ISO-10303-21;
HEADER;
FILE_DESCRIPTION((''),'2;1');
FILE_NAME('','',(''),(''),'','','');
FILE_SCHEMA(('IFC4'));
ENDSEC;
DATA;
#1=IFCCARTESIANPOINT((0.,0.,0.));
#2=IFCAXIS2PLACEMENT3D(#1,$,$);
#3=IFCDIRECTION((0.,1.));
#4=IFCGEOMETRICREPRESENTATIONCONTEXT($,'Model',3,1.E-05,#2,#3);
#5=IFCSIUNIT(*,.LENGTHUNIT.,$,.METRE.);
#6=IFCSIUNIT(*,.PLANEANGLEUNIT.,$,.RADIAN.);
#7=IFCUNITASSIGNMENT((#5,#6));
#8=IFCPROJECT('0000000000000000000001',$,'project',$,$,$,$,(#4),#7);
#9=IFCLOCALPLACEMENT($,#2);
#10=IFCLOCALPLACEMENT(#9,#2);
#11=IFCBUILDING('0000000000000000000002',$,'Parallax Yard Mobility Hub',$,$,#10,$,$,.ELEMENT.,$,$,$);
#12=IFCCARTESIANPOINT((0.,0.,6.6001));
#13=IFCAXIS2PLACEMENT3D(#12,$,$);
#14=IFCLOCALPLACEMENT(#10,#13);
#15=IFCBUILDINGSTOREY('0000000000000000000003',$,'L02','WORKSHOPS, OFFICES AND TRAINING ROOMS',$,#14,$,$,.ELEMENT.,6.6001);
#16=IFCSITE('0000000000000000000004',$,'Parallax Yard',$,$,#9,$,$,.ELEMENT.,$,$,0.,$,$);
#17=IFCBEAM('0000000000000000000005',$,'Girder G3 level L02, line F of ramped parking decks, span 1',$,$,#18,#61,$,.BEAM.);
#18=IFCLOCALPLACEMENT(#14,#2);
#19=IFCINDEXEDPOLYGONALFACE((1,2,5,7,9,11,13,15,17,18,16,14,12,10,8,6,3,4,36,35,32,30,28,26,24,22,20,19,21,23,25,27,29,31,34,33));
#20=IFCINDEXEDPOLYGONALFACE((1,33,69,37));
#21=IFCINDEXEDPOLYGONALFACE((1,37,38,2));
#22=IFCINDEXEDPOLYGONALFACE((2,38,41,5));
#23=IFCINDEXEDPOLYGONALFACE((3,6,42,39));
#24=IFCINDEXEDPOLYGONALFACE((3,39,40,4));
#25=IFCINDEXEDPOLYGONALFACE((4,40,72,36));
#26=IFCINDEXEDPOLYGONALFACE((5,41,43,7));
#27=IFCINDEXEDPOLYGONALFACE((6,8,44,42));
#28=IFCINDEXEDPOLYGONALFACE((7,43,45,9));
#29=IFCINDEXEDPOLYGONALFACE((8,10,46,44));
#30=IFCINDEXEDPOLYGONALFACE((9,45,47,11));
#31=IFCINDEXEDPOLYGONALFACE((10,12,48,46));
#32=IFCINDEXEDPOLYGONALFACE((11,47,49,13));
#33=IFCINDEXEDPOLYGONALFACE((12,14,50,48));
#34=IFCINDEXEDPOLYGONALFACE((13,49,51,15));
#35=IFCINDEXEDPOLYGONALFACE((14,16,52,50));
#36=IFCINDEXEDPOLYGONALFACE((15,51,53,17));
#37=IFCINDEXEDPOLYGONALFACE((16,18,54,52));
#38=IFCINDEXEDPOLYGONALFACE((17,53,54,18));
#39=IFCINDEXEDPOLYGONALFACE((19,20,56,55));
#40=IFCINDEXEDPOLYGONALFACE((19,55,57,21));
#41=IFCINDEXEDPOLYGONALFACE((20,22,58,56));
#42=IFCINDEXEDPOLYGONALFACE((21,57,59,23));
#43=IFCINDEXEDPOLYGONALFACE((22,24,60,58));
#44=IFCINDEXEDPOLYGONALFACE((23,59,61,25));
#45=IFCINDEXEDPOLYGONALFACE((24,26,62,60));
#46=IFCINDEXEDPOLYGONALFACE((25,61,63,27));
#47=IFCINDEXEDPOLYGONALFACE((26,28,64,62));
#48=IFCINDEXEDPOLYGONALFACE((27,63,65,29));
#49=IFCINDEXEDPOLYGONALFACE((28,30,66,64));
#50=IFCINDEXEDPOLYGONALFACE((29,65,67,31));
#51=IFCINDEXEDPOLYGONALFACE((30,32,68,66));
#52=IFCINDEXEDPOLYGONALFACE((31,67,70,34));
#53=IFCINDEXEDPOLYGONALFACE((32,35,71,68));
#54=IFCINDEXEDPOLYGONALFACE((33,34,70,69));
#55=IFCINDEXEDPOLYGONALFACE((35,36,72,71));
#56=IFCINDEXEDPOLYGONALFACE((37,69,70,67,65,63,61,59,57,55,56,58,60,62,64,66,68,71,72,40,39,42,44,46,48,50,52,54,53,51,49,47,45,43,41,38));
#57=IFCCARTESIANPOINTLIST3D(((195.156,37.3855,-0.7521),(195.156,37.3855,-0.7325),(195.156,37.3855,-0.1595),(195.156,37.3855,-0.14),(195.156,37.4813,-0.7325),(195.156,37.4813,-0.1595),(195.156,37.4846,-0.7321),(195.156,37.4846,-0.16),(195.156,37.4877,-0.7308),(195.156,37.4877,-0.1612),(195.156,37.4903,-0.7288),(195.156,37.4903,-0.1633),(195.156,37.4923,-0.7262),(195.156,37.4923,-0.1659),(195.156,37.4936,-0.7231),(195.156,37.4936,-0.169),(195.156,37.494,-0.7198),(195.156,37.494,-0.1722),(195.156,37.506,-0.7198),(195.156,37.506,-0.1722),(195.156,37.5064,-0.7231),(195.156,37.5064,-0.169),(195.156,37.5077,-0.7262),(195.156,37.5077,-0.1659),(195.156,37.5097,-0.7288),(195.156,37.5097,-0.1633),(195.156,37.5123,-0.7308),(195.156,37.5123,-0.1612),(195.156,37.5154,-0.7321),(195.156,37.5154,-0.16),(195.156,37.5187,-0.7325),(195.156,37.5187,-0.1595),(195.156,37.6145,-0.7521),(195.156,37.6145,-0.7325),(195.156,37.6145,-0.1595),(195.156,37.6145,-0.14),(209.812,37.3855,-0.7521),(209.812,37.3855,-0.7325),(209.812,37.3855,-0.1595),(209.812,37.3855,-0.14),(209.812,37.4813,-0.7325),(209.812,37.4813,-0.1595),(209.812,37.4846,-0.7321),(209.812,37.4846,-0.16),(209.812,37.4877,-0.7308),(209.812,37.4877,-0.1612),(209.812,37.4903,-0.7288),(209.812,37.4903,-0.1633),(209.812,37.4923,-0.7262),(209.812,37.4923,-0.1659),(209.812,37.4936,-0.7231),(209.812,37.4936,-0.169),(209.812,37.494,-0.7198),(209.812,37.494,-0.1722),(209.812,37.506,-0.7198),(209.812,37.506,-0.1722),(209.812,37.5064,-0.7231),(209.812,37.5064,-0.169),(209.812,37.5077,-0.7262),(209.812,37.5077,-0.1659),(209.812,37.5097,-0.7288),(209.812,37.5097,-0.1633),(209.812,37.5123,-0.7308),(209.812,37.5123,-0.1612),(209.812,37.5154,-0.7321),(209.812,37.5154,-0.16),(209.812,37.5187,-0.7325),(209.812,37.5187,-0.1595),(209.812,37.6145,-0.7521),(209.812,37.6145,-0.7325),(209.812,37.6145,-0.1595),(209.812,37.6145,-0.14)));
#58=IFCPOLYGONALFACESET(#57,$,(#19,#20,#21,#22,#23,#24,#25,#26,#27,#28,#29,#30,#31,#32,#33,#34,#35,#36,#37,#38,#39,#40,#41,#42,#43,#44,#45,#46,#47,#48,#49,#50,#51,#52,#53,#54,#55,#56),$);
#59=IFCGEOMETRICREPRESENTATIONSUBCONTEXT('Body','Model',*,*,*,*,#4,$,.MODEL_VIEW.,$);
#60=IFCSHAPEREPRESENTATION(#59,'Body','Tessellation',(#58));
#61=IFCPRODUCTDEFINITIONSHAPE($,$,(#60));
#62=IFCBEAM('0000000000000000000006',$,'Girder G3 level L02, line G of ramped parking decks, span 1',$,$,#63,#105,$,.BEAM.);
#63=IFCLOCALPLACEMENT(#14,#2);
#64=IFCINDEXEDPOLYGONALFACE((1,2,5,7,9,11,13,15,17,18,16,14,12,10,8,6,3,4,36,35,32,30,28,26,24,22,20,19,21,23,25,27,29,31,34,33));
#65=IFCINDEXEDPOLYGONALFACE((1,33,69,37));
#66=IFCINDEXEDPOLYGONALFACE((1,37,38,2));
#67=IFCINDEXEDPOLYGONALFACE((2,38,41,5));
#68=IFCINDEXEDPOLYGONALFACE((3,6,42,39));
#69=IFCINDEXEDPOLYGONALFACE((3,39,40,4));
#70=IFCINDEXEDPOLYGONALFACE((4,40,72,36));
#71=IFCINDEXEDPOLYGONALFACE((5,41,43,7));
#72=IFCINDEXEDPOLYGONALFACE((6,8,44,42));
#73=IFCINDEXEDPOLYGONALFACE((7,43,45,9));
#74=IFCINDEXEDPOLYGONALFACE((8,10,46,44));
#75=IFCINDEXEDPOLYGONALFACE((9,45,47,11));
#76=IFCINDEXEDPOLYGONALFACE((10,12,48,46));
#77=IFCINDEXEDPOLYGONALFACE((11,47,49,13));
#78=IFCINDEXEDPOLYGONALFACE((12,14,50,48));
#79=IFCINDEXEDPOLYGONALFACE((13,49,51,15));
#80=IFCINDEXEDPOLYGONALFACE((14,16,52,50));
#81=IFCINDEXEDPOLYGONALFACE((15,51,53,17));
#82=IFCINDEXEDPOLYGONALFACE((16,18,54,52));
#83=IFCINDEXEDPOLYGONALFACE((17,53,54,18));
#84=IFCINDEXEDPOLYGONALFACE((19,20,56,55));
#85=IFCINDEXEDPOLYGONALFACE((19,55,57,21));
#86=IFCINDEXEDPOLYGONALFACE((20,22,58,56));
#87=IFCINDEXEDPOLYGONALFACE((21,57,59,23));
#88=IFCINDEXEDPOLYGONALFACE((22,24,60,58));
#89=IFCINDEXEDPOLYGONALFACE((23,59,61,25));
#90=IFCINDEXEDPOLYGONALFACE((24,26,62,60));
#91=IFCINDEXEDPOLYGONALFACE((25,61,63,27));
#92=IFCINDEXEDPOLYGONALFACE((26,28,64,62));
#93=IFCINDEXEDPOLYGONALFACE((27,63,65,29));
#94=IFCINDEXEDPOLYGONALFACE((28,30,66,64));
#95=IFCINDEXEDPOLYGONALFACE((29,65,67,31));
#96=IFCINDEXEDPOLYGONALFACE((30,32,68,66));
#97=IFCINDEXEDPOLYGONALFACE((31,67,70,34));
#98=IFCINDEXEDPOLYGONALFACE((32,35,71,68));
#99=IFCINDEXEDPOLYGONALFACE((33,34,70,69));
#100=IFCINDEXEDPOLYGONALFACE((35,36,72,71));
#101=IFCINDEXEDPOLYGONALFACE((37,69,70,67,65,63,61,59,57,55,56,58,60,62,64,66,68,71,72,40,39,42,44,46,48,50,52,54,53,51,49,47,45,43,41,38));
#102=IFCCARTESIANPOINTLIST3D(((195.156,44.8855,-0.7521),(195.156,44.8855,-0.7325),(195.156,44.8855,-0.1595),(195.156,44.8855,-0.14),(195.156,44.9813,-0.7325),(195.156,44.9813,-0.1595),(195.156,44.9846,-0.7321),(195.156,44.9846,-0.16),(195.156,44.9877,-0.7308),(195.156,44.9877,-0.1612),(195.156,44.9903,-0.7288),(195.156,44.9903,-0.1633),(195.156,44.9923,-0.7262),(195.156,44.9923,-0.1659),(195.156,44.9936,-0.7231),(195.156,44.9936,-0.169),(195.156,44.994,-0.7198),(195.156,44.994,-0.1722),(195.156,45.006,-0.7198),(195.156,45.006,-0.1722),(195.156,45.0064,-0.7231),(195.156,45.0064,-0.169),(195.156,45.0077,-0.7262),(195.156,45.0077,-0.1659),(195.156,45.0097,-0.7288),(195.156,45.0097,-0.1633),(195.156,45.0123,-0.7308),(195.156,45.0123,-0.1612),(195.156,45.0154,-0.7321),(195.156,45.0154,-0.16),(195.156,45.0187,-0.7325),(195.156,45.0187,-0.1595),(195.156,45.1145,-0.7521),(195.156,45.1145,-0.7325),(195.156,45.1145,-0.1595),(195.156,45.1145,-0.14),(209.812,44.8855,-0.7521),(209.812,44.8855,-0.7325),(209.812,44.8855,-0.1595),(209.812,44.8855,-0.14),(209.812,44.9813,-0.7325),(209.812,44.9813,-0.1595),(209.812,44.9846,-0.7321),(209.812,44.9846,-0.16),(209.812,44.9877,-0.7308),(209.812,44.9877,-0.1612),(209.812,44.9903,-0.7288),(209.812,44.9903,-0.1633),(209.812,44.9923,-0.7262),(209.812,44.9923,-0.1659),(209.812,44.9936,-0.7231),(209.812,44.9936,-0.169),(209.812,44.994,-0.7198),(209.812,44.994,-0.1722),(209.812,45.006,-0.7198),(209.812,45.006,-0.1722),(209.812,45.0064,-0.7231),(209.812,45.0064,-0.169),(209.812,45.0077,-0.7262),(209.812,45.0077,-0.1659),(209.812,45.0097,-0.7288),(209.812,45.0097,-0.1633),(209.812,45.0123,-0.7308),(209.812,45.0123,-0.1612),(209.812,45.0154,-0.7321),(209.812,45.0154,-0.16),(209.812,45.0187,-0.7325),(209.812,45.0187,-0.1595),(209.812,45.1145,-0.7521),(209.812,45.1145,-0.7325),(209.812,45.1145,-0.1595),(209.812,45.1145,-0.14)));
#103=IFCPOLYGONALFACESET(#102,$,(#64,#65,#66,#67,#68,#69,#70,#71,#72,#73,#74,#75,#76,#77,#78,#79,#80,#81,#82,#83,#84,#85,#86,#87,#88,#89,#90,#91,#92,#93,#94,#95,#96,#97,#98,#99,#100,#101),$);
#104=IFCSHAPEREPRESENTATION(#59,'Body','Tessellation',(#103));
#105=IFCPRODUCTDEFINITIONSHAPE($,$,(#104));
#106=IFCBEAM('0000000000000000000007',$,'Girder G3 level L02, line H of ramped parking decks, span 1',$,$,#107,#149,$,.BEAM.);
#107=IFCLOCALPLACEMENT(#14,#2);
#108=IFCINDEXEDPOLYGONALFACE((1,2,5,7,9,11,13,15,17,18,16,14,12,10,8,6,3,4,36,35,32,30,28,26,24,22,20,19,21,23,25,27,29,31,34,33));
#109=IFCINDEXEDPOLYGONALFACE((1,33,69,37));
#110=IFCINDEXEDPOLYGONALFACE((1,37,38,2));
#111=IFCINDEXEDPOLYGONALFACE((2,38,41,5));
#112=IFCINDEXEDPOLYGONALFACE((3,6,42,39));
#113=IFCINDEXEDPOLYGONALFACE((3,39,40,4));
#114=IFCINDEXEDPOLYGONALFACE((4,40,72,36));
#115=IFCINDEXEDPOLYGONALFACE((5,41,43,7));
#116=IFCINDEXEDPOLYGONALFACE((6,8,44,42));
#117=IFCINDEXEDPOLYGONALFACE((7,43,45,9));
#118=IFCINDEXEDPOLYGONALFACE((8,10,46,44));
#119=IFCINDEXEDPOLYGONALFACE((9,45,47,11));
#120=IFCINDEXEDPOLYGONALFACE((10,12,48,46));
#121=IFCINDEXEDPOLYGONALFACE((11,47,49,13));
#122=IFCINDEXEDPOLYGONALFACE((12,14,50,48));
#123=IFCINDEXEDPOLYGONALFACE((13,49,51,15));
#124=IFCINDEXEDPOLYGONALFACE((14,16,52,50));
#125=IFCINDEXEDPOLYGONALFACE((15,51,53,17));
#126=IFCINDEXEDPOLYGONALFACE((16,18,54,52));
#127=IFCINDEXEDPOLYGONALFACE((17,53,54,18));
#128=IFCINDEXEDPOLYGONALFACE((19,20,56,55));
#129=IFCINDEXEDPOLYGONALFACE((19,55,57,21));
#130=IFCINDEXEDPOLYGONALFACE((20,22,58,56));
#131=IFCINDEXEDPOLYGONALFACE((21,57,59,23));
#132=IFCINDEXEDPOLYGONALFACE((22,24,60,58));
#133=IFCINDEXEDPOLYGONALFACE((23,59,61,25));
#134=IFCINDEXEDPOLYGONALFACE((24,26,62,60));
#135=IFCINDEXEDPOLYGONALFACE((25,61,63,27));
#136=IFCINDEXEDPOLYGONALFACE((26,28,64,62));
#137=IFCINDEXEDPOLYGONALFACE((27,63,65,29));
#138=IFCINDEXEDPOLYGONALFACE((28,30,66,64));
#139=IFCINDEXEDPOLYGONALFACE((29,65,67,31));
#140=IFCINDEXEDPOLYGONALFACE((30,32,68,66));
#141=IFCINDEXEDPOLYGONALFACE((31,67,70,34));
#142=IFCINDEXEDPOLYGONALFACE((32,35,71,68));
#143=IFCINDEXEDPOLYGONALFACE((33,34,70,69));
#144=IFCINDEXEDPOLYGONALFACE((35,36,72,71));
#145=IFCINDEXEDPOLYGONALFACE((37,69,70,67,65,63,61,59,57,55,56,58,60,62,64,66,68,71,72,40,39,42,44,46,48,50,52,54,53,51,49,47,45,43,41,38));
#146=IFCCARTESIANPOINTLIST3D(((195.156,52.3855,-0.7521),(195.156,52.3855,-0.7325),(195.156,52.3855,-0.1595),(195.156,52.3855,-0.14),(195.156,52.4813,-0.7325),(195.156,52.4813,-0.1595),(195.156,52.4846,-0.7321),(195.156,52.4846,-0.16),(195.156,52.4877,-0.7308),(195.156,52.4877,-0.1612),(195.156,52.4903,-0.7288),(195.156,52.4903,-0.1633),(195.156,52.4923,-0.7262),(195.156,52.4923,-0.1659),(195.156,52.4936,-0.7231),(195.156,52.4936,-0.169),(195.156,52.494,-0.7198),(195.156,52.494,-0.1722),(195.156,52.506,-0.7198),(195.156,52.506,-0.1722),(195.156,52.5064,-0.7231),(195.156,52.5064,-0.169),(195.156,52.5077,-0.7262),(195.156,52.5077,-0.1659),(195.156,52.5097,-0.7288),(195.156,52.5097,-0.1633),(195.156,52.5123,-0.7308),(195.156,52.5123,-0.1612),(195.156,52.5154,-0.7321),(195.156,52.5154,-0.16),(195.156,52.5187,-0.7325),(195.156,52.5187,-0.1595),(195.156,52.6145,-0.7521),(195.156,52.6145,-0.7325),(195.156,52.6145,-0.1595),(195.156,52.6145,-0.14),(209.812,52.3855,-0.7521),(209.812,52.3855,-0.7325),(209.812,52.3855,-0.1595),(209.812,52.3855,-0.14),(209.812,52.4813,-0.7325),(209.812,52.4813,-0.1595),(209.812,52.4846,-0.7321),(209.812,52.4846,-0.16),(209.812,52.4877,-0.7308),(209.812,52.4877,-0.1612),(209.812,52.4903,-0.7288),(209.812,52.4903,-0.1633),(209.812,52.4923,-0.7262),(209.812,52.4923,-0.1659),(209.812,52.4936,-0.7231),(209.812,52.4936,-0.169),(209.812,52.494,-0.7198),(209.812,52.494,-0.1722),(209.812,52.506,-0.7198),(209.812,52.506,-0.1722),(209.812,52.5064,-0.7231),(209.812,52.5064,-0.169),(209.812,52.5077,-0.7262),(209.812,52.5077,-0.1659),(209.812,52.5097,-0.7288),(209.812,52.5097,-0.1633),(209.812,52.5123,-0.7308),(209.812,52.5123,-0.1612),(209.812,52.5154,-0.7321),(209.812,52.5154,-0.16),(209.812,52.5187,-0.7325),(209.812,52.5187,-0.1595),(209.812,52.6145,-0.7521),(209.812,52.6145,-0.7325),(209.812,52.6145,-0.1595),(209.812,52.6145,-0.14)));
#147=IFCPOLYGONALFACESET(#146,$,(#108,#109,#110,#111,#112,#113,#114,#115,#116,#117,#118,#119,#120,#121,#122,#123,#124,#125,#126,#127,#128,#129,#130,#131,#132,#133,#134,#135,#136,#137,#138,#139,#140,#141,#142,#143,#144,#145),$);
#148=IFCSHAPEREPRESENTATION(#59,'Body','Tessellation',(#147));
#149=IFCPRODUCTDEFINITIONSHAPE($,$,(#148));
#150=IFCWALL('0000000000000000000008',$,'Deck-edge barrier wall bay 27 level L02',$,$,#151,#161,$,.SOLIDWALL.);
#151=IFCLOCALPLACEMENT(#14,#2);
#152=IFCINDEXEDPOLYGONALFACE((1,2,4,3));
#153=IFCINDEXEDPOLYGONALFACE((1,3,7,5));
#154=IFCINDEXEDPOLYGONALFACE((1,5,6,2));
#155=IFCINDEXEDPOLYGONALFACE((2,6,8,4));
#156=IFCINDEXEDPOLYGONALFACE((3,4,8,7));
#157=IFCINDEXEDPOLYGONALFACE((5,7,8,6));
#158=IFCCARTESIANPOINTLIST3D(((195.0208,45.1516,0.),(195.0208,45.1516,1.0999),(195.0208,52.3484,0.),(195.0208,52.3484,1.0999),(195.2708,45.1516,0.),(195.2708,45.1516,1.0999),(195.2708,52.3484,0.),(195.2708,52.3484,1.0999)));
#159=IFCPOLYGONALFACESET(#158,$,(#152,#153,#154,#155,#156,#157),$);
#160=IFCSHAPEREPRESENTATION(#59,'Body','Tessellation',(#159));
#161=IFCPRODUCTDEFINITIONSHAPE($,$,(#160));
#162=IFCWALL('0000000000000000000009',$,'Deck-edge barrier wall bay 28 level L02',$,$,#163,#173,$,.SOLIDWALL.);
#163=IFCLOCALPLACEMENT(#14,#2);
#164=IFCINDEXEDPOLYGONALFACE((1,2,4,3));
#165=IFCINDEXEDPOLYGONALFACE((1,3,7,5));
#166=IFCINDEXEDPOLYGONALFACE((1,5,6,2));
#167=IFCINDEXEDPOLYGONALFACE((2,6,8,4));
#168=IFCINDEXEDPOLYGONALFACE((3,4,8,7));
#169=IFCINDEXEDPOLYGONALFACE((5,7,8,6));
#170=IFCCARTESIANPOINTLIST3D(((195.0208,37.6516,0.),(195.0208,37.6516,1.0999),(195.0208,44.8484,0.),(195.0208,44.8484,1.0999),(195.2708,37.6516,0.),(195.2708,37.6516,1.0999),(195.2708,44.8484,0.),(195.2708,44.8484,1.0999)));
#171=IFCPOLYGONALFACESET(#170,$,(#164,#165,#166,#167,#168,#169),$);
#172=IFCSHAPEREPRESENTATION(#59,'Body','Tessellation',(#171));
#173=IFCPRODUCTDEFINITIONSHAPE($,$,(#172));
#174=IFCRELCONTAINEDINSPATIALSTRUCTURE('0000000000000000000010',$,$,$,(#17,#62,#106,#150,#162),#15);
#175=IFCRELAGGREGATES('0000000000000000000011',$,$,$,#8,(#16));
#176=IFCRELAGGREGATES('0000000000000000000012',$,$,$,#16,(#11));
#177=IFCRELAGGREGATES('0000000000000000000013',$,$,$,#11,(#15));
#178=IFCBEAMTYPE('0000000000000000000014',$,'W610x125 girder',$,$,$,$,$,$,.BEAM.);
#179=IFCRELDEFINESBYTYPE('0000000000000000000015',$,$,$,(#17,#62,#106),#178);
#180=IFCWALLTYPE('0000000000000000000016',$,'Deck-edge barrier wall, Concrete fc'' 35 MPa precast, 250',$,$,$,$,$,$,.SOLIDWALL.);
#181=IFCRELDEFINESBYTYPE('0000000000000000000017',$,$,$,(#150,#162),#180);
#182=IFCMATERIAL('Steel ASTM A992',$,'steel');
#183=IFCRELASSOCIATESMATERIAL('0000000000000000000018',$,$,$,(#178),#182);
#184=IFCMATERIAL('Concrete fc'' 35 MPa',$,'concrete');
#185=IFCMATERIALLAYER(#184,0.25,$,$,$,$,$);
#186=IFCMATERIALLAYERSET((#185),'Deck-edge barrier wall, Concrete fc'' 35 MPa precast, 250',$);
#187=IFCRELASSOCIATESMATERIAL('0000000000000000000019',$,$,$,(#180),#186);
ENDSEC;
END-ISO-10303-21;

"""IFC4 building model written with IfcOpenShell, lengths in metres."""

from ifc_helpers import new_model, si_unit, direction, frame, frame_2d, origin, origin_2d, place, context, subcontext, project, spatial, rectangle, i_section, extrude, material, layer, layer_set, material_profile, profile_set, type_object, element, save


model = new_model("IFC4")

# Units and contexts
model_context = context("Model", 3, precision=1e-05, world=origin(), true_north=direction((0.0, 1.0)))
body_context = subcontext(model_context, "Body", "Model", "MODEL_VIEW")
ifc_project = project(units=[si_unit("LENGTHUNIT", "METRE"), si_unit("PLANEANGLEUNIT", "RADIAN")], contexts=[model_context])

# Site, building, storey
site_placement = place(None, origin())
site = spatial("IfcSite", under=ifc_project, at=site_placement, Name="Parallax Yard", CompositionType="ELEMENT", RefElevation=0.0)
building_placement = place(site_placement, origin())
building = spatial("IfcBuilding", under=site, at=building_placement, Name="Parallax Yard Mobility Hub", CompositionType="ELEMENT")
storey_placement = place(building_placement, frame((0.0, 0.0, 6.6001)))
storey = spatial("IfcBuildingStorey", under=building, at=storey_placement, Name="L02", Description="WORKSHOPS, OFFICES AND TRAINING ROOMS", CompositionType="ELEMENT", Elevation=6.6001)

# Shared definitions
ifc_material_1 = material(Name="Steel ASTM A992", Category="steel")

# Beams
ifc_material_profile_1 = material_profile(ifc_material_1, i_section(OverallWidth=0.229, OverallDepth=0.6121, WebThickness=0.012, FlangeThickness=0.0195, FilletRadius=0.0127, at=origin_2d()), Name="W610x125")
ifc_profile_set_1 = profile_set([ifc_material_profile_1], Name="Steel ASTM A992")
beam_type_1 = type_object("IfcBeamType", Name="W610x125 girder", PredefinedType="BEAM", material=ifc_profile_set_1)
for number, where, z_axis, x_axis, name in (
    (1, (195.156, 37.5, -0.446), (1.0, 0.0, 0.0), (0.0, 1.0, 0.0), "Girder G3 level L02, line F of ramped parking decks, span 1"),
    (2, (195.156, 45.0, -0.446), (1.0, 0.0, 0.0), (0.0, 1.0, 0.0), "Girder G3 level L02, line G of ramped parking decks, span 1"),
    (3, (195.156, 52.5, -0.446), (1.0, 0.0, 0.0), (0.0, 1.0, 0.0), "Girder G3 level L02, line H of ramped parking decks, span 1"),
):
    element("IfcBeam", number, at=place(storey_placement, frame(where, z_axis=z_axis, x_axis=x_axis)), inside=storey, type_object=beam_type_1, Name=name, PredefinedType="BEAM", context=body_context, shape_type="SweptSolid", body=[
        extrude(i_section(OverallWidth=0.229, OverallDepth=0.6121, WebThickness=0.012, FlangeThickness=0.0195, FilletRadius=0.0127, at=origin_2d()), origin(), (0.0, 0.0, 1.0), 14.656),
    ])

# Walls
ifc_material_2 = material(Name="Concrete fc' 35 MPa", Category="concrete")
ifc_layer = layer(ifc_material_2, 0.25)
ifc_layer_set = layer_set([ifc_layer], Name="Deck-edge barrier wall, Concrete fc' 35 MPa precast, 250")
wall_type = type_object("IfcWallType", Name="Deck-edge barrier wall, Concrete fc' 35 MPa precast, 250", PredefinedType="SOLIDWALL", material=ifc_layer_set)
for number, where, z_axis, x_axis, name in (
    (4, (195.1458, 52.3484, 0.0), (0.0, 0.0, 1.0), (0.0, -1.0, 0.0), "Deck-edge barrier wall bay 27 level L02"),
    (5, (195.1458, 44.8484, 0.0), (0.0, 0.0, 1.0), (0.0, -1.0, 0.0), "Deck-edge barrier wall bay 28 level L02"),
):
    element("IfcWall", number, at=place(storey_placement, frame(where, z_axis=z_axis, x_axis=x_axis)), inside=storey, type_object=wall_type, Name=name, PredefinedType="SOLIDWALL", context=body_context, shape_type="SweptSolid", body=[
        extrude(rectangle(XDim=7.1968, YDim=0.25, at=frame_2d((3.5984, 0.0))), origin(), (0.0, 0.0, 1.0), 1.0999),
    ])

save(model, "model.ifc")
